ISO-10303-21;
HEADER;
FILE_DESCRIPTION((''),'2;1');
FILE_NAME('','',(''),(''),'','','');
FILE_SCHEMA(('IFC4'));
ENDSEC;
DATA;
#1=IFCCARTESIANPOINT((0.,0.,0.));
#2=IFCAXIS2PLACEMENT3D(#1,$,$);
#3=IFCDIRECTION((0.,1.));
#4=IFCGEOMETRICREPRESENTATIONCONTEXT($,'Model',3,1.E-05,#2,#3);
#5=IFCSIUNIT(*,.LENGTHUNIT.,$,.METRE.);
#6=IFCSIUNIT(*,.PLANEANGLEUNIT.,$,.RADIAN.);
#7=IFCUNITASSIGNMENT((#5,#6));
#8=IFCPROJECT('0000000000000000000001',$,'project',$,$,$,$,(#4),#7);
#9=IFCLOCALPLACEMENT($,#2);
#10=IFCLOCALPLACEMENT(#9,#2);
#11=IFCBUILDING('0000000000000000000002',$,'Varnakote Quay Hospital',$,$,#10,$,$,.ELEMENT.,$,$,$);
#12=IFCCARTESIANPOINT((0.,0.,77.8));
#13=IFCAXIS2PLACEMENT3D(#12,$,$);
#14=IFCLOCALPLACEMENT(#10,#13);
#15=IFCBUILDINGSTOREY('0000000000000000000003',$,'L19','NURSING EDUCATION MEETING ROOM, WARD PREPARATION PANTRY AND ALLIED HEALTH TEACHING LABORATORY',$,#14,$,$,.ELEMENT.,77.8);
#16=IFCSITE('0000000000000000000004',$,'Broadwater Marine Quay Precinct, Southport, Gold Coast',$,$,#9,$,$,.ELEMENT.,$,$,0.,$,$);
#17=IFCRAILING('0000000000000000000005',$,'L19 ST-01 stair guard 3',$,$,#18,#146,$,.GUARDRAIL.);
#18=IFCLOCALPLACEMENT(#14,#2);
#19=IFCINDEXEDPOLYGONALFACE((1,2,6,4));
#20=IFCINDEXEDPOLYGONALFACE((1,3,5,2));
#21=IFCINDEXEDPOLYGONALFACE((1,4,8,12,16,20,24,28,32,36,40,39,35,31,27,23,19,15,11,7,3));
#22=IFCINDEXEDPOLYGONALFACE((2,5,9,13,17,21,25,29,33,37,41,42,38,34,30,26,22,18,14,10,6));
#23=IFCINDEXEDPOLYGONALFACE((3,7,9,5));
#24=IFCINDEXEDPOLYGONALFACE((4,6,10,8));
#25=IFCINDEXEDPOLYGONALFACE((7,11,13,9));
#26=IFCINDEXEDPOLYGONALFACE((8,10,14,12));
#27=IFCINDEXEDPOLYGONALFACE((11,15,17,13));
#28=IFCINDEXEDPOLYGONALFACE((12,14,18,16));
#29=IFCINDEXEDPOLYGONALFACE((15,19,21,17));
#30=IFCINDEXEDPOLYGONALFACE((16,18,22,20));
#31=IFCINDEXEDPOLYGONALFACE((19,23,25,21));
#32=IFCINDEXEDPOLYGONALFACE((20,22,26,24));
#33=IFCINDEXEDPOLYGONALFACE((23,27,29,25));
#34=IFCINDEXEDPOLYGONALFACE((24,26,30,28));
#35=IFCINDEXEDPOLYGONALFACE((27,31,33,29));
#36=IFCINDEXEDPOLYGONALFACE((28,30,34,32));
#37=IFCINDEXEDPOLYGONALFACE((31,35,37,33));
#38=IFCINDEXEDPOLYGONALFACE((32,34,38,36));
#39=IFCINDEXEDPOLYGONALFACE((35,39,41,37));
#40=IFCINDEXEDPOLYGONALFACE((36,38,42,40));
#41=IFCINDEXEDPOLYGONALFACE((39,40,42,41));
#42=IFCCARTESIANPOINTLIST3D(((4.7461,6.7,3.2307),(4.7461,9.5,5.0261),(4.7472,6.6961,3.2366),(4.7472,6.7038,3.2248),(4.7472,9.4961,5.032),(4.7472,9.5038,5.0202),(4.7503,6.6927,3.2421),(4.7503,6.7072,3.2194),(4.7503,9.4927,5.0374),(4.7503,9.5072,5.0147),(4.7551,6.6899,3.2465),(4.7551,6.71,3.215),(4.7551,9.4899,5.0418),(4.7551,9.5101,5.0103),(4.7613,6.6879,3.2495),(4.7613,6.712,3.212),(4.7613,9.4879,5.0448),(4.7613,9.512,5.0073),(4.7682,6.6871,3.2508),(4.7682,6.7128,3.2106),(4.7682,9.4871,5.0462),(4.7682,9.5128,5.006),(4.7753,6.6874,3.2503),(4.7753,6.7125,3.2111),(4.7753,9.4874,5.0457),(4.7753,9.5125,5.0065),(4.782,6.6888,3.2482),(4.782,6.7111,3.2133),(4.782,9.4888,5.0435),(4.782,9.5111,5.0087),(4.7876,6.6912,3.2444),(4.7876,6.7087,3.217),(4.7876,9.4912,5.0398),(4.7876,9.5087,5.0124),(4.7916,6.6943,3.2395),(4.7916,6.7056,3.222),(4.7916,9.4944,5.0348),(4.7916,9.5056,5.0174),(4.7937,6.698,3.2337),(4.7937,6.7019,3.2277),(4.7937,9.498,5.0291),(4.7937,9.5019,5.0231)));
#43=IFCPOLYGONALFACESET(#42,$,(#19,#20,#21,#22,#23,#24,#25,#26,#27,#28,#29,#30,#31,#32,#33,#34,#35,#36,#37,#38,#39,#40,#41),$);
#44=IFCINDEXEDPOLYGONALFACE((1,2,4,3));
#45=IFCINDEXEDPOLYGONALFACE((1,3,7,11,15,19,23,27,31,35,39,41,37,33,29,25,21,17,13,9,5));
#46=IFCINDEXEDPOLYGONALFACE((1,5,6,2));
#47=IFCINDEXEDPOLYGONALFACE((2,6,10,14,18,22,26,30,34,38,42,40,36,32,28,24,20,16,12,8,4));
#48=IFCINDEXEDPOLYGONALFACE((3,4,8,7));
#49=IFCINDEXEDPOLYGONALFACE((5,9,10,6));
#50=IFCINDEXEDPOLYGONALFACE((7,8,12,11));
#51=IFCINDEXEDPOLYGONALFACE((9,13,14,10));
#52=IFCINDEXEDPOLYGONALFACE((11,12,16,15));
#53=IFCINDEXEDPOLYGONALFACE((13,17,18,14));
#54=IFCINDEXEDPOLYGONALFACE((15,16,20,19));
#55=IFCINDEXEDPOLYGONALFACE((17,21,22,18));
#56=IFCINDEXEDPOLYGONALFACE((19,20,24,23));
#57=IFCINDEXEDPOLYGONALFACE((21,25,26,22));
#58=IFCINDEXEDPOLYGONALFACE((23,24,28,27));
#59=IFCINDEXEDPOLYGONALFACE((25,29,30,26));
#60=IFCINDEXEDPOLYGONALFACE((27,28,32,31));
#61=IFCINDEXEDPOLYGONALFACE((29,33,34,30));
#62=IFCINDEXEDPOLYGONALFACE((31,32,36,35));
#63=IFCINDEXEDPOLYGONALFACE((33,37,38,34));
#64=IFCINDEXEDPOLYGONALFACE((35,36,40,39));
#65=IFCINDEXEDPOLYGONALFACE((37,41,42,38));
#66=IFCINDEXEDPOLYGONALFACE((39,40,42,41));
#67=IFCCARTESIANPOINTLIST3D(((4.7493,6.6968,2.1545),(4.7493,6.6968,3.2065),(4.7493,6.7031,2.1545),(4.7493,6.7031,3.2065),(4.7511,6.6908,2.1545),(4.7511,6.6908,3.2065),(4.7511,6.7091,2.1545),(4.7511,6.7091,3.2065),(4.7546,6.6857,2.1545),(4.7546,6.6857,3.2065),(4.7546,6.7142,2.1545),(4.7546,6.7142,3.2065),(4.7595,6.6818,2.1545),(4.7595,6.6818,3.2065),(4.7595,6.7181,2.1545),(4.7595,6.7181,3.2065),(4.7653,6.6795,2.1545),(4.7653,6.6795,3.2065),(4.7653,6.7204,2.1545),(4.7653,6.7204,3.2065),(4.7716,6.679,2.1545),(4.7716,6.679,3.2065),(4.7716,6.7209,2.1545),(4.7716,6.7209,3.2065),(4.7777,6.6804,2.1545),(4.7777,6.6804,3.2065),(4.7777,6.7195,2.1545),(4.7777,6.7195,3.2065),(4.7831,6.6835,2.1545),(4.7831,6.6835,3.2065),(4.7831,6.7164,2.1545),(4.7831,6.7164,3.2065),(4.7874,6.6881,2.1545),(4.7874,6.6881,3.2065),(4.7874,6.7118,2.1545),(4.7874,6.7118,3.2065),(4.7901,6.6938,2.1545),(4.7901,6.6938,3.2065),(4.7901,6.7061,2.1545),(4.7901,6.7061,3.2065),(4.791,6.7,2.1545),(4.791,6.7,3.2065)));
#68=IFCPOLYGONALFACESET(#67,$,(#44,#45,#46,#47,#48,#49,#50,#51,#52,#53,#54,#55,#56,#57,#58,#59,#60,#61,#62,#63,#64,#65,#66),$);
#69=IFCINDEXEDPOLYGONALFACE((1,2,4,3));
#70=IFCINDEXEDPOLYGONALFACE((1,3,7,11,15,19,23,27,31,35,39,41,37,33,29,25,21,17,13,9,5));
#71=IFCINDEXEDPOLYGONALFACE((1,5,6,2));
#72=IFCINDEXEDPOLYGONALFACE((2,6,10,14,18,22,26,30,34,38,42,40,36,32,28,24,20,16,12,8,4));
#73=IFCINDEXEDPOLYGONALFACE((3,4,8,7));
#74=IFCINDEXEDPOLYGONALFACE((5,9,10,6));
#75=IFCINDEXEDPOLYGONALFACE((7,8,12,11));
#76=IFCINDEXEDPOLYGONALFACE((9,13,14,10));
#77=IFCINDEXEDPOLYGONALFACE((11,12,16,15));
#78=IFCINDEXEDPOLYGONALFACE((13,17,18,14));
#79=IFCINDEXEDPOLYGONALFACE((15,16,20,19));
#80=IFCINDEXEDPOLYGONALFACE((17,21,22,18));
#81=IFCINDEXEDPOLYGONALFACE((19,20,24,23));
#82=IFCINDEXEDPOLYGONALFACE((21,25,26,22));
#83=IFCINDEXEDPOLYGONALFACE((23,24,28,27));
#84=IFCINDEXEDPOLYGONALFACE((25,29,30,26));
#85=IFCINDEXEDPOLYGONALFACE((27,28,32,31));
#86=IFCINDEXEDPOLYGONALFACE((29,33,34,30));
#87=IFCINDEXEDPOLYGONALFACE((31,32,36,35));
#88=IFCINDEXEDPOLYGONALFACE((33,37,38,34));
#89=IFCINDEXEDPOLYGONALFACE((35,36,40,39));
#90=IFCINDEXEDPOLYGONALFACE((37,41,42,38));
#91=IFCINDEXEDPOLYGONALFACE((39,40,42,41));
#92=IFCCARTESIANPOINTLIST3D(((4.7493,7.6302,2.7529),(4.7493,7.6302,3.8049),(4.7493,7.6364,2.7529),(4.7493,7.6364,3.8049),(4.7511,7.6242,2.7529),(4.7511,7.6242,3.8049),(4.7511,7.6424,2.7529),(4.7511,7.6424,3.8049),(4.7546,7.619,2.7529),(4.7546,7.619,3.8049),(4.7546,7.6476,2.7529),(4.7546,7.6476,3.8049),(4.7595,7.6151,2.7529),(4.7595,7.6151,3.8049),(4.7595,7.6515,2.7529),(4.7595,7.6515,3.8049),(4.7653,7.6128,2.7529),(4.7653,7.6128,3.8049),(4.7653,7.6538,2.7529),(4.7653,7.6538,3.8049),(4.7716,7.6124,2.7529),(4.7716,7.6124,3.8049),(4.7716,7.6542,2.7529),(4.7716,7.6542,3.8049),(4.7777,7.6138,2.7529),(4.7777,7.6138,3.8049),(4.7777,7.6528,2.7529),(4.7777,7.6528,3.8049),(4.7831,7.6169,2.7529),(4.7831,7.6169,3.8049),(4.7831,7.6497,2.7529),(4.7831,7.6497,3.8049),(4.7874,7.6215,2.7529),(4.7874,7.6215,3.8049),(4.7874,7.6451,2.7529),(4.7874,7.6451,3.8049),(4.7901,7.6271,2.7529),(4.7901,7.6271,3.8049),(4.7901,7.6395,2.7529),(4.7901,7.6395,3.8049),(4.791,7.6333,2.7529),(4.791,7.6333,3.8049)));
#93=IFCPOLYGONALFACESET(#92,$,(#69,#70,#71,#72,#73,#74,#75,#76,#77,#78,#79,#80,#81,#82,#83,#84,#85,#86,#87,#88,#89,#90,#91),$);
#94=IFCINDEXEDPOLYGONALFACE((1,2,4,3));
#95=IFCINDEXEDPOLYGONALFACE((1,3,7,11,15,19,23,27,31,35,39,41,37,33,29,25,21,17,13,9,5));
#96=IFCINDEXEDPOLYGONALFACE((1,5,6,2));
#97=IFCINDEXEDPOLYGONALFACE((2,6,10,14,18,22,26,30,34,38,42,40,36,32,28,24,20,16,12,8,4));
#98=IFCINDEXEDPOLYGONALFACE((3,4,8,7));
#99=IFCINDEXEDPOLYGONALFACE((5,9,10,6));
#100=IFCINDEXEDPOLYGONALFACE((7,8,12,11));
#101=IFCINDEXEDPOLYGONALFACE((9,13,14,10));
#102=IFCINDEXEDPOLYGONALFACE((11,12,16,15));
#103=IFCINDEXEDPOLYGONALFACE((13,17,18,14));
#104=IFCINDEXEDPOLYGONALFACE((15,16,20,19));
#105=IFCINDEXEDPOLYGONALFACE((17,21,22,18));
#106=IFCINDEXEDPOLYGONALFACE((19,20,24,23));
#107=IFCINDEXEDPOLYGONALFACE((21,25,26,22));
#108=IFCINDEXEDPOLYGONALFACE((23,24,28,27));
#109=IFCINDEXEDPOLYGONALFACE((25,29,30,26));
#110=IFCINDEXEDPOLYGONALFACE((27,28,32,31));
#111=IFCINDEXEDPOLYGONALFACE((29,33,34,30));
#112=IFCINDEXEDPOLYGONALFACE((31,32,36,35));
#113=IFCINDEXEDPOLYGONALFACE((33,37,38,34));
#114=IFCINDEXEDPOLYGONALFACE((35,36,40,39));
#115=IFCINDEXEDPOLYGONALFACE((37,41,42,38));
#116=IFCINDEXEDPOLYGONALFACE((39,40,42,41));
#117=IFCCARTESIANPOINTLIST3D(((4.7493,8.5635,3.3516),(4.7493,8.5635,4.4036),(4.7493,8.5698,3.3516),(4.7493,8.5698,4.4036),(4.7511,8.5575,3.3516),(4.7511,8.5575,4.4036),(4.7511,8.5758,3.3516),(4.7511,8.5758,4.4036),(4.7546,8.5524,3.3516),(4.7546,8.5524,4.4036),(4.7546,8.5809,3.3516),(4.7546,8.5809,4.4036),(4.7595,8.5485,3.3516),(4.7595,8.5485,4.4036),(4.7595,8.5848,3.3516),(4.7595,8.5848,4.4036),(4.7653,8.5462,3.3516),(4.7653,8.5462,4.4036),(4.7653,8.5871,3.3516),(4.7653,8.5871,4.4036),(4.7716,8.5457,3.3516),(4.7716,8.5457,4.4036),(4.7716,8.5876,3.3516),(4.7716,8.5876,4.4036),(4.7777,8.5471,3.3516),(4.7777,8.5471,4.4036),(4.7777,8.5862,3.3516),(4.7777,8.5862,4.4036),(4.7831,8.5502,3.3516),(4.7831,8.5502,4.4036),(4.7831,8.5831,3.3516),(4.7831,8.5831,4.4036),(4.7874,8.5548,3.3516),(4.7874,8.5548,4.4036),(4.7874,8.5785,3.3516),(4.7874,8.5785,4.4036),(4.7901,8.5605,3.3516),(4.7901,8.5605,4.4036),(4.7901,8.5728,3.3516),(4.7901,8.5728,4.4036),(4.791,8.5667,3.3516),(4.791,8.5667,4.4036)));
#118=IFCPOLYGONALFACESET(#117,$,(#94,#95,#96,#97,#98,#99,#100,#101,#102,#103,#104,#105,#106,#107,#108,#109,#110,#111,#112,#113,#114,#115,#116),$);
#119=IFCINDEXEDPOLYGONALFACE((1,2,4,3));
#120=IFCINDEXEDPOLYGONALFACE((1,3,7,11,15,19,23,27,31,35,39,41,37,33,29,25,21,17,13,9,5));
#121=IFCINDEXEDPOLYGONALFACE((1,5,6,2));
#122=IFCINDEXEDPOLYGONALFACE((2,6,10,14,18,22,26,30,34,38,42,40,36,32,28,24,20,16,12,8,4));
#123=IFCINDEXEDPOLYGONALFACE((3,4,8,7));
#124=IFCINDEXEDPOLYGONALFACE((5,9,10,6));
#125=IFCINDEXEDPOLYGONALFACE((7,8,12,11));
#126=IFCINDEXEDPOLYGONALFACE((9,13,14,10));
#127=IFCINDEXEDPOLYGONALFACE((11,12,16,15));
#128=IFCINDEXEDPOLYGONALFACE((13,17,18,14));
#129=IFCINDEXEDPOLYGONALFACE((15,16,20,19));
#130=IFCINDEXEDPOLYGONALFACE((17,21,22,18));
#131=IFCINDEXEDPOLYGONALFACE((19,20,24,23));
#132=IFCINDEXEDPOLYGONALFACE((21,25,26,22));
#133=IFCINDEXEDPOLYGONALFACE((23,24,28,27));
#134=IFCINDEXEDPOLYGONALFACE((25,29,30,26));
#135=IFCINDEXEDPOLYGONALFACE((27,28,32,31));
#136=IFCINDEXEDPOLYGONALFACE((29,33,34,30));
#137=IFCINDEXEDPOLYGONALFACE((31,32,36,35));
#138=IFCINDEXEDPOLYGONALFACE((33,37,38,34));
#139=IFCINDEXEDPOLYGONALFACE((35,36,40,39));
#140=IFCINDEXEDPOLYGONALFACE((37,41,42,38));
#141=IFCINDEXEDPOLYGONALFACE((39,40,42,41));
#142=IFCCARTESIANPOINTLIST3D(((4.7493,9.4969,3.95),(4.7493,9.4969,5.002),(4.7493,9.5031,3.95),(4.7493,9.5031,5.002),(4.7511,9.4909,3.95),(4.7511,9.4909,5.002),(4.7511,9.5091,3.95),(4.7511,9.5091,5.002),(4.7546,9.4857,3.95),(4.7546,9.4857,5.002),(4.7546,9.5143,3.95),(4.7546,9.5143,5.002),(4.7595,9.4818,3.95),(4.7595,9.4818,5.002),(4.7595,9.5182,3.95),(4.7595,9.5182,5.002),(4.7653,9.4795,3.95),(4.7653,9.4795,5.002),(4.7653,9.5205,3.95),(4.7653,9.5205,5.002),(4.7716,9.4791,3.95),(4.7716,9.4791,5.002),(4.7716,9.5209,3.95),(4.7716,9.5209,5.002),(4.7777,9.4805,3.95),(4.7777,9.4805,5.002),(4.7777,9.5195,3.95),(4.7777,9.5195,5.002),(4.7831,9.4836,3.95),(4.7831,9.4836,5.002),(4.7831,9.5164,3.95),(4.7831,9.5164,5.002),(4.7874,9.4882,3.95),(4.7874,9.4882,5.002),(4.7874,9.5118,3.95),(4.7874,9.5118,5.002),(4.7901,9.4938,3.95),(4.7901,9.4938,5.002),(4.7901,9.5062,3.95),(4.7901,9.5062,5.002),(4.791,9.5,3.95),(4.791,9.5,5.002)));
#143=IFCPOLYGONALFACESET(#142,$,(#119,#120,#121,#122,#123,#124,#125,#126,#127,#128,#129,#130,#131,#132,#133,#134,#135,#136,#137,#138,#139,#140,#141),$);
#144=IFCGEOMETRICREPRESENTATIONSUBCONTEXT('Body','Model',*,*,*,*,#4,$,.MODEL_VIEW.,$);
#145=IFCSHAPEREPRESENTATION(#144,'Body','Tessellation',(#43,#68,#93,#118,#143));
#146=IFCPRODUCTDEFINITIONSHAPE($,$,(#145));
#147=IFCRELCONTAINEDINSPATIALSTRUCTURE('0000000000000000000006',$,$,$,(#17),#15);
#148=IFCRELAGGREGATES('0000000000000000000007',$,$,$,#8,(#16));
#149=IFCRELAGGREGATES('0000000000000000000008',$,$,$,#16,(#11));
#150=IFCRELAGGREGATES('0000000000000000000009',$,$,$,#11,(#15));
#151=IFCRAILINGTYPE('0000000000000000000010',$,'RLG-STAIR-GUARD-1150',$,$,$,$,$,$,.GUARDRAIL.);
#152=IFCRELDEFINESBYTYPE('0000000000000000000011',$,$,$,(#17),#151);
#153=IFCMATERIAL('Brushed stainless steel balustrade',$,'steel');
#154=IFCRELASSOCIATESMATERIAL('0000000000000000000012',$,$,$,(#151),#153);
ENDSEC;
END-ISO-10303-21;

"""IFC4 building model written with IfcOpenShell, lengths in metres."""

from ifc_helpers import new_model, si_unit, direction, frame, origin, origin_2d, place, context, subcontext, project, spatial, circle, extrude, material, type_object, element, save


model = new_model("IFC4")

# Units and contexts
model_context = context("Model", 3, precision=1e-05, world=origin(), true_north=direction((0.0, 1.0)))
body_context = subcontext(model_context, "Body", "Model", "MODEL_VIEW")
ifc_project = project(units=[si_unit("LENGTHUNIT", "METRE"), si_unit("PLANEANGLEUNIT", "RADIAN")], contexts=[model_context])

# Site, building, storey
site_placement = place(None, origin())
site = spatial("IfcSite", under=ifc_project, at=site_placement, Name="Broadwater Marine Quay Precinct, Southport, Gold Coast", CompositionType="ELEMENT", RefElevation=0.0)
building_placement = place(site_placement, origin())
building = spatial("IfcBuilding", under=site, at=building_placement, Name="Varnakote Quay Hospital", CompositionType="ELEMENT")
storey_placement = place(building_placement, frame((0.0, 0.0, 77.8)))
storey = spatial("IfcBuildingStorey", under=building, at=storey_placement, Name="L19", Description="NURSING EDUCATION MEETING ROOM, WARD PREPARATION PANTRY AND ALLIED HEALTH TEACHING LABORATORY", CompositionType="ELEMENT", Elevation=77.8)

# Railing
ifc_material_1 = material(Name="Brushed stainless steel balustrade", Category="steel")
railing_type_1 = type_object("IfcRailingType", Name="RLG-STAIR-GUARD-1150", PredefinedType="GUARDRAIL", material=ifc_material_1)
railing_1_placement = place(storey_placement, frame((4.77, 6.7, 2.1545)))
element("IfcRailing", 1, at=railing_1_placement, inside=storey, type_object=railing_type_1, Name="L19 ST-01 stair guard 3", PredefinedType="GUARDRAIL", context=body_context, shape_type="SweptSolid", body=[
    extrude(circle(Radius=0.0239, at=origin_2d()), frame((0.0, 0.0, 1.0762), z_axis=(0.0, 0.84181, 0.539774), x_axis=(-1.0, 0.0, 0.0)), (0.0, 0.0, 1.0), 3.3262),
    extrude(circle(Radius=0.021, at=origin_2d()), origin(), (0.0, 0.0, 1.0), 1.052),
    extrude(circle(Radius=0.021, at=origin_2d()), frame((0.0, 0.9333, 0.5984)), (0.0, 0.0, 1.0), 1.052),
    extrude(circle(Radius=0.021, at=origin_2d()), frame((0.0, 1.8667, 1.197)), (0.0, 0.0, 1.0), 1.052),
    extrude(circle(Radius=0.021, at=origin_2d()), frame((0.0, 2.8, 1.7954)), (0.0, 0.0, 1.0), 1.052),
])

save(model, "model.ifc")
